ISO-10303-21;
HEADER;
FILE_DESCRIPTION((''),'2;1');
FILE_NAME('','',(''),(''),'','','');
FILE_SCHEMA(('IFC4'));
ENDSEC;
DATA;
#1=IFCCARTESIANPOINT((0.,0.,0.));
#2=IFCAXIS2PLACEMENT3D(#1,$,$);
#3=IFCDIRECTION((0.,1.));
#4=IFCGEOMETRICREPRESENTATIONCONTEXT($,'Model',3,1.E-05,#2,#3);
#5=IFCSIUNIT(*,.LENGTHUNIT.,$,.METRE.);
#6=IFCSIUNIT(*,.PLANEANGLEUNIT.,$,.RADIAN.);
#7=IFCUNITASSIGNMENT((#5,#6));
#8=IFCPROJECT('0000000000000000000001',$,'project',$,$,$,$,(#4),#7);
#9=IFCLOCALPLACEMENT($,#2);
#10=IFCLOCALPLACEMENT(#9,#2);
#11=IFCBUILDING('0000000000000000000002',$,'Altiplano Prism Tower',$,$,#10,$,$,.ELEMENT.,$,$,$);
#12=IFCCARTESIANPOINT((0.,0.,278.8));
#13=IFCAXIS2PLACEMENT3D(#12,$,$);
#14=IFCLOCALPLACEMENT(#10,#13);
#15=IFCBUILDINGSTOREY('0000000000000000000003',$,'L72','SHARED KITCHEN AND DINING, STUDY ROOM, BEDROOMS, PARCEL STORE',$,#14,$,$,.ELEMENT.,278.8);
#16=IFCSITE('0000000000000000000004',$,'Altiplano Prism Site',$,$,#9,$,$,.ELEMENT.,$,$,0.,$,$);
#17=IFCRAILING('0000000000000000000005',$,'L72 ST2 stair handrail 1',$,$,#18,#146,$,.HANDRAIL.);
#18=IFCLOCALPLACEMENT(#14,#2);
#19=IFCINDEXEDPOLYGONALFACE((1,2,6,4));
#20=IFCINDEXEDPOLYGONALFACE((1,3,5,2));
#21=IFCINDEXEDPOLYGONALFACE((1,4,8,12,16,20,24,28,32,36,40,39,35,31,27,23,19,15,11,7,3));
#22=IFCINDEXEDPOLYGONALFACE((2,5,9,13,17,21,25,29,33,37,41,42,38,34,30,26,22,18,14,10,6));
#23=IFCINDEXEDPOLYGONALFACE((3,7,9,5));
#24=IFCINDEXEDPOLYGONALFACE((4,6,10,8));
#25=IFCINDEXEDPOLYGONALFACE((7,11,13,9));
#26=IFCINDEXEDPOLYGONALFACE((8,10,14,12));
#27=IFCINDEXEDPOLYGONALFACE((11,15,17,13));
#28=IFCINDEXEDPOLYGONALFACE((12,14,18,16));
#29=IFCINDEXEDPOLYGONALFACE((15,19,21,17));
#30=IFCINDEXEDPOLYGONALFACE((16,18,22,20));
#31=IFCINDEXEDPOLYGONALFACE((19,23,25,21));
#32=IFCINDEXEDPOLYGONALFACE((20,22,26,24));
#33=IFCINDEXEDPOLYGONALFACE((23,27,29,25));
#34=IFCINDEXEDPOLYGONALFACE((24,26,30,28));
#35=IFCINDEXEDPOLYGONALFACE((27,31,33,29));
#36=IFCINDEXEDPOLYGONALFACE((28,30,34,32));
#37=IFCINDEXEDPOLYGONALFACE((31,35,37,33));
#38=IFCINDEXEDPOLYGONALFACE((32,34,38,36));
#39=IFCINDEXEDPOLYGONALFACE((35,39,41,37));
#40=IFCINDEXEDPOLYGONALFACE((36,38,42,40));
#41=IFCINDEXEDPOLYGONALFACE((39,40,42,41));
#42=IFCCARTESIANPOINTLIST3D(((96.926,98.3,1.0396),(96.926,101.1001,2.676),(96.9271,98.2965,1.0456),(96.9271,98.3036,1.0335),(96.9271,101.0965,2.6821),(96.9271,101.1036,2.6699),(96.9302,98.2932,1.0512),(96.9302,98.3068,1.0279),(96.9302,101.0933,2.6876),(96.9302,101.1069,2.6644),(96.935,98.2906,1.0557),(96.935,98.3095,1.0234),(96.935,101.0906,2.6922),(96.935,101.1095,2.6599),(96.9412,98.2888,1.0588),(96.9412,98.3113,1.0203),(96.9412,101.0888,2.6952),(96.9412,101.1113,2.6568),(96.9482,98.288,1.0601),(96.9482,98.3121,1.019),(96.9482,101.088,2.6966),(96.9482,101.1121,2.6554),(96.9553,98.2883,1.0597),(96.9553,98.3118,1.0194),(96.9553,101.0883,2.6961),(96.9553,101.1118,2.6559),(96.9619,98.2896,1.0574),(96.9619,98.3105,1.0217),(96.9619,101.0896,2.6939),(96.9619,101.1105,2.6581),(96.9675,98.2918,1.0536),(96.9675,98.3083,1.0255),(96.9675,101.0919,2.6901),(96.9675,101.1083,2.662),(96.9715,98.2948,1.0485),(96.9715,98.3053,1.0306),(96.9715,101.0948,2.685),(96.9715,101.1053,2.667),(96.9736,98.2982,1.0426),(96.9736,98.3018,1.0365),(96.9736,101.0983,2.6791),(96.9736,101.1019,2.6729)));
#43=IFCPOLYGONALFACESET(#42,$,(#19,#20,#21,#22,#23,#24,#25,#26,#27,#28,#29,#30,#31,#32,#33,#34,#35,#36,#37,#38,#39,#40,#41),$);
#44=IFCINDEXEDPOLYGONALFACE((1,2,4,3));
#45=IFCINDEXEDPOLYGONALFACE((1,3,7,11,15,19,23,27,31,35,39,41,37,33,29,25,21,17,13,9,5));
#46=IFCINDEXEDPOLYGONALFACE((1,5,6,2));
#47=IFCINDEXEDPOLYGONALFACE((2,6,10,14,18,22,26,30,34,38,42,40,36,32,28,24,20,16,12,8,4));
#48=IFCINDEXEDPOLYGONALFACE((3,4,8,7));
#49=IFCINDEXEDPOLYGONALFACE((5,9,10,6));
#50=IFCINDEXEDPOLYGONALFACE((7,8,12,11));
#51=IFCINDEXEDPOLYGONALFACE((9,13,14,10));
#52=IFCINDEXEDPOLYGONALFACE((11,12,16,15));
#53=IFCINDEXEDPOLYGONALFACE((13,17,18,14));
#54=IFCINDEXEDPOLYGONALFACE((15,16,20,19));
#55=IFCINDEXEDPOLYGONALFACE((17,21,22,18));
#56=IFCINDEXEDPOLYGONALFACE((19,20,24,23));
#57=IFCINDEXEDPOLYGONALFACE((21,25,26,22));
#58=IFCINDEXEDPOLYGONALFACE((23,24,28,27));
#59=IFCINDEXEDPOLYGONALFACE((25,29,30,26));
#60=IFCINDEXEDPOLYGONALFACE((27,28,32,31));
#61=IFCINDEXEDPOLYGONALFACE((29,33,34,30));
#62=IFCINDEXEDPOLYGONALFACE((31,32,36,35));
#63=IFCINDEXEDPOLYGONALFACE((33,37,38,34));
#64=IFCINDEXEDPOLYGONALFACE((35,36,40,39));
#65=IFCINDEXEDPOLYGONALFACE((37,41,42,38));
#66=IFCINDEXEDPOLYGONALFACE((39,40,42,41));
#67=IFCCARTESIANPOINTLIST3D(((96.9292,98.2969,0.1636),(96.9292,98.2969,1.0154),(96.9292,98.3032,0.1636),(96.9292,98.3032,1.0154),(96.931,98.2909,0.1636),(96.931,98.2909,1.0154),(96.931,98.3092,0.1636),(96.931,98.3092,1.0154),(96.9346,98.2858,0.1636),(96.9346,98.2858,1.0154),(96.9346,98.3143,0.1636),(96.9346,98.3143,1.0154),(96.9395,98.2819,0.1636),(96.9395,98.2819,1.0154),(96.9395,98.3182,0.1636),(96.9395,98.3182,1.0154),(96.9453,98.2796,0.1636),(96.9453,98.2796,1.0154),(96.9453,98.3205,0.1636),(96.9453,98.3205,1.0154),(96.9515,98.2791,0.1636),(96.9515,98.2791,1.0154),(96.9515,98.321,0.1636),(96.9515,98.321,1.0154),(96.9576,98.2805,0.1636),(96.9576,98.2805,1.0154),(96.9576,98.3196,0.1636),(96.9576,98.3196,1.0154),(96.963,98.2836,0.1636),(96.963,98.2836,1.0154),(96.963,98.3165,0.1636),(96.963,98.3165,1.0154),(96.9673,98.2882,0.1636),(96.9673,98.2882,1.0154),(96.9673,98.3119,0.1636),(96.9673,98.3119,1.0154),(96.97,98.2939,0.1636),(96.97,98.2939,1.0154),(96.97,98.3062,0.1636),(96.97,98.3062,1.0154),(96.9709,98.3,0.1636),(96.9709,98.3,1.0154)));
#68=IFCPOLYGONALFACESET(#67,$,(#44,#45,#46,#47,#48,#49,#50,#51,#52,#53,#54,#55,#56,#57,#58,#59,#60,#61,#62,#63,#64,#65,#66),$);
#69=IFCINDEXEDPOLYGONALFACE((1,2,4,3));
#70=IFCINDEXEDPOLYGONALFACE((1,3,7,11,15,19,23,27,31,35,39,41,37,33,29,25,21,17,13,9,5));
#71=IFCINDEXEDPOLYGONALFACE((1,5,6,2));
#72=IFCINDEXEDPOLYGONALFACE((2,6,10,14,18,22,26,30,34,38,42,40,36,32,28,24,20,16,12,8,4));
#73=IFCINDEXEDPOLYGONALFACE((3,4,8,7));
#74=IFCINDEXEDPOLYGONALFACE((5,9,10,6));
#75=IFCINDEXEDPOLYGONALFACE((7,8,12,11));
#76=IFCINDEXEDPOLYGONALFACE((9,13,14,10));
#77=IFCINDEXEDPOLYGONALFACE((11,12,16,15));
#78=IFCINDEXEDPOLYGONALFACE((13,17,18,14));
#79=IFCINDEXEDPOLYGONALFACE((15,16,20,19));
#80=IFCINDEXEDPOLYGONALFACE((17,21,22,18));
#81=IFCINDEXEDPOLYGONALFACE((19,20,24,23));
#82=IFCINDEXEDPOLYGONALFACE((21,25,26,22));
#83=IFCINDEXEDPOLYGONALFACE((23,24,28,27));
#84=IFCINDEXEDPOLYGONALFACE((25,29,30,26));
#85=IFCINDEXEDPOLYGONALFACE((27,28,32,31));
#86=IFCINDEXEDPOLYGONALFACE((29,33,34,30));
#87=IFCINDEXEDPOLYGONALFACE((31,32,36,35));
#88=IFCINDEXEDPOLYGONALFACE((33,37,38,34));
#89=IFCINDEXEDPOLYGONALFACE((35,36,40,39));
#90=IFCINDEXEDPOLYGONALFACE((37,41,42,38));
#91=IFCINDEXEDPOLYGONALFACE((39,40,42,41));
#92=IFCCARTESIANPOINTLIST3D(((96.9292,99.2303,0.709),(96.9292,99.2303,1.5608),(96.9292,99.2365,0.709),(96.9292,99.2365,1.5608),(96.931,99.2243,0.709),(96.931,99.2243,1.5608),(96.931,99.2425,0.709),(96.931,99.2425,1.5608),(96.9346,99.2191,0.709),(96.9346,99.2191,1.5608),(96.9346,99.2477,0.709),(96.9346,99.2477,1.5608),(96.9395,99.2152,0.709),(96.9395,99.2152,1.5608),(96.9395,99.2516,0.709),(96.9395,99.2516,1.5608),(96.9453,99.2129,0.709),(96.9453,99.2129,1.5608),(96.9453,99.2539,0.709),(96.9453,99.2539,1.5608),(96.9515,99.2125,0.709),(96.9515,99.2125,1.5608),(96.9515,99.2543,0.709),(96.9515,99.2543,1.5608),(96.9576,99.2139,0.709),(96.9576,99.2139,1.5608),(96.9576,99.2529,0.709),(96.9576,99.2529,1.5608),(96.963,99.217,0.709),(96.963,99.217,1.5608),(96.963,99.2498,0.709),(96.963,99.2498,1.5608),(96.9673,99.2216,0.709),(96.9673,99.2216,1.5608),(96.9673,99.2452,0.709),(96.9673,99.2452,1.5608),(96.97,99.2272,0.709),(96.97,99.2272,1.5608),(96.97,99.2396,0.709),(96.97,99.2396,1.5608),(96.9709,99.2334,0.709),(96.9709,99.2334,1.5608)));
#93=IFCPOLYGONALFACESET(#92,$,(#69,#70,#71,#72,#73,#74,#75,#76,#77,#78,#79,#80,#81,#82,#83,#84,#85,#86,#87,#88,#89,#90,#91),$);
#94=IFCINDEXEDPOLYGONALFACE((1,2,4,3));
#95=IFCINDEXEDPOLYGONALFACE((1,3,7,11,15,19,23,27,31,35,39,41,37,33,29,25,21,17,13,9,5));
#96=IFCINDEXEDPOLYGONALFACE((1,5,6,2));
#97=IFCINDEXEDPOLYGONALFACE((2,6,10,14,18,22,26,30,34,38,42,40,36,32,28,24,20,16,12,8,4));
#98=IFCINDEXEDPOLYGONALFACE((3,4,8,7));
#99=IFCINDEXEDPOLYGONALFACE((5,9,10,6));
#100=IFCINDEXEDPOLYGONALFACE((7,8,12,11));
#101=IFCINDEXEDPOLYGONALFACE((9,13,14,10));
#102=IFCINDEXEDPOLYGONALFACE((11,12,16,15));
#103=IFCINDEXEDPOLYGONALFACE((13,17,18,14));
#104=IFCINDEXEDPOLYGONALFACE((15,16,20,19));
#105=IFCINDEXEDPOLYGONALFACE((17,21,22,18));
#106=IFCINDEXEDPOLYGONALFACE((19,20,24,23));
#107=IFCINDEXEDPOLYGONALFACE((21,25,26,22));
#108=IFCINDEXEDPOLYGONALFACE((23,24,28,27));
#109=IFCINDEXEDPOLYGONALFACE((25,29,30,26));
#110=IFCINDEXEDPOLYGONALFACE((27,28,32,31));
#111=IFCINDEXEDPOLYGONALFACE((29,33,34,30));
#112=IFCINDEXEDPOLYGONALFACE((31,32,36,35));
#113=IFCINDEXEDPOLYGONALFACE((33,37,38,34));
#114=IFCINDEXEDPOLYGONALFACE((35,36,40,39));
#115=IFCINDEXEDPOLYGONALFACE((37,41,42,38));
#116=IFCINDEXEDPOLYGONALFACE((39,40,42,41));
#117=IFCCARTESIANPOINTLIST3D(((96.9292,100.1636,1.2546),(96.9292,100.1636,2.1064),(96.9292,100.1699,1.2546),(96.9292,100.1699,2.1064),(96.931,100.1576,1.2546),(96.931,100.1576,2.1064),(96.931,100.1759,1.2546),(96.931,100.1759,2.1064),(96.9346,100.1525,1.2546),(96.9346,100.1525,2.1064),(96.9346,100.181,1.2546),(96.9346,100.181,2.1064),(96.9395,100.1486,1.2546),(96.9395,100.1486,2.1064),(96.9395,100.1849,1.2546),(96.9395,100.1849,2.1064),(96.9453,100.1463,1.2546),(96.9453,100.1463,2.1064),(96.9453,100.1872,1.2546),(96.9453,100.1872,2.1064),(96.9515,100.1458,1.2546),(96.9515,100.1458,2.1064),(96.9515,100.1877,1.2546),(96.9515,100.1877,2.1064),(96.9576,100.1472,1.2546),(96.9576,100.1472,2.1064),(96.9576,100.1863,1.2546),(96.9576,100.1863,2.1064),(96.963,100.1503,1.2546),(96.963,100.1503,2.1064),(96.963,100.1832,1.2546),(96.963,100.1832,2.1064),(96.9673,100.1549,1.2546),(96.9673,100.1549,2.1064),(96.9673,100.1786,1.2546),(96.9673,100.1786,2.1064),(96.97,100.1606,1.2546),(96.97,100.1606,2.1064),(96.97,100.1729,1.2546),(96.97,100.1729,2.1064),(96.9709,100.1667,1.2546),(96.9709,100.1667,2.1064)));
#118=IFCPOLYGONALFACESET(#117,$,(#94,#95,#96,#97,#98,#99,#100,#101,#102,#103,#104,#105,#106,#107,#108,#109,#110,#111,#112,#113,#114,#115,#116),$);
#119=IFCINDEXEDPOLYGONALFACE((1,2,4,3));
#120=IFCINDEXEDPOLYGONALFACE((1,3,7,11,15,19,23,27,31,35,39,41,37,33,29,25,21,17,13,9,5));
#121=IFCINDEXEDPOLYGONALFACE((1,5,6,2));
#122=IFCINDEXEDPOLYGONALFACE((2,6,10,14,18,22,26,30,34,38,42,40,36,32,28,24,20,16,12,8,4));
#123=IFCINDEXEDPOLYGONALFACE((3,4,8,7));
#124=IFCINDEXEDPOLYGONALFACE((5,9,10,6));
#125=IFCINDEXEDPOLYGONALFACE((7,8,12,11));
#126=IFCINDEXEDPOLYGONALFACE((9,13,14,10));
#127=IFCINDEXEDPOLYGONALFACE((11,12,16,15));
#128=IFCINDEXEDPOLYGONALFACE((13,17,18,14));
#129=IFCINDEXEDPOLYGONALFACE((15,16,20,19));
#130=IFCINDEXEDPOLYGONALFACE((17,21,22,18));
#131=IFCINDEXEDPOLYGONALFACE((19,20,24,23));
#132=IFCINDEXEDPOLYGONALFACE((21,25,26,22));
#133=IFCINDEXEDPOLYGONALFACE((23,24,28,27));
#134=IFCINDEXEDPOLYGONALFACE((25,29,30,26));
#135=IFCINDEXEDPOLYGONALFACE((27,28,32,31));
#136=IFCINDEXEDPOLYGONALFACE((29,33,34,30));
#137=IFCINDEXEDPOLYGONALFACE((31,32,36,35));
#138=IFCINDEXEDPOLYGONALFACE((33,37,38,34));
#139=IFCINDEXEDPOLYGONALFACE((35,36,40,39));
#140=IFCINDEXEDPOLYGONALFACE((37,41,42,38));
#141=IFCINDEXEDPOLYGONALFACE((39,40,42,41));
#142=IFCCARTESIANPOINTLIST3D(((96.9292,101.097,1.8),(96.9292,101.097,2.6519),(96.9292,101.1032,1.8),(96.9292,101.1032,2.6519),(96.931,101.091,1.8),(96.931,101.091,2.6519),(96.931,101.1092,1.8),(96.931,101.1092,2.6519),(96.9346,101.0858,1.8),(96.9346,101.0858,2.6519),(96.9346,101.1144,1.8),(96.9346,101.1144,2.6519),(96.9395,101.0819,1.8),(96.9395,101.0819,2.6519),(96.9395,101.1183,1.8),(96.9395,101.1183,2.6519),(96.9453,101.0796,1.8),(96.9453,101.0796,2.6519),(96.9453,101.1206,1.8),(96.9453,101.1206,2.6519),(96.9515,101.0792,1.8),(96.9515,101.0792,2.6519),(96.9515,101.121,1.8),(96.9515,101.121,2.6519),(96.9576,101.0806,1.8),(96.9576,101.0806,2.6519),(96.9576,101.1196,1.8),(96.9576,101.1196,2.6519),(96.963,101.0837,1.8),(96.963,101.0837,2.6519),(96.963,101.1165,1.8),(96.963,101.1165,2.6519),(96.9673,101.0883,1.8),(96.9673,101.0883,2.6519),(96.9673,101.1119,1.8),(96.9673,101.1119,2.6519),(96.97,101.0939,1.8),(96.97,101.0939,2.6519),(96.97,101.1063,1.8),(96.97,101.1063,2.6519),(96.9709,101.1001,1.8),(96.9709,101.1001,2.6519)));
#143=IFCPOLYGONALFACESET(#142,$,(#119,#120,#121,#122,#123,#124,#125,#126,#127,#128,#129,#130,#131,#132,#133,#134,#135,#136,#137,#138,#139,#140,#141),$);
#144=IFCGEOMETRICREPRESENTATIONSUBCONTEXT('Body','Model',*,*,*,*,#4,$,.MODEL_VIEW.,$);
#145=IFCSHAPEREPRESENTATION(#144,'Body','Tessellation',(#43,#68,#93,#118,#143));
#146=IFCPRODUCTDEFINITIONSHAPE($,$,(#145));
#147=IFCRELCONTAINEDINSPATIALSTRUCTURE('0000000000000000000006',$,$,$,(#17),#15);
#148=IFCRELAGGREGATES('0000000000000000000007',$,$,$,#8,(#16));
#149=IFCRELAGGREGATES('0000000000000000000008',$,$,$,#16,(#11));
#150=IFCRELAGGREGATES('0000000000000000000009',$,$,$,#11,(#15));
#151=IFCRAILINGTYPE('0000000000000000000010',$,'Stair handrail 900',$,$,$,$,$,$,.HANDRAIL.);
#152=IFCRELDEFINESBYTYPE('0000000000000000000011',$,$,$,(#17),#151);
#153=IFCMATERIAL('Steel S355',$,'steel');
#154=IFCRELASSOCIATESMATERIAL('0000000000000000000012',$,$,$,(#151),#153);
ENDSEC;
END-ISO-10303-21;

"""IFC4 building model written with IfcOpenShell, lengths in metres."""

from ifc_helpers import new_model, si_unit, direction, frame, origin, origin_2d, place, context, subcontext, project, spatial, circle, extrude, material, type_object, element, save


model = new_model("IFC4")

# Units and contexts
model_context = context("Model", 3, precision=1e-05, world=origin(), true_north=direction((0.0, 1.0)))
body_context = subcontext(model_context, "Body", "Model", "MODEL_VIEW")
ifc_project = project(units=[si_unit("LENGTHUNIT", "METRE"), si_unit("PLANEANGLEUNIT", "RADIAN")], contexts=[model_context])

# Site, building, storey
site_placement = place(None, origin())
site = spatial("IfcSite", under=ifc_project, at=site_placement, Name="Altiplano Prism Site", CompositionType="ELEMENT", RefElevation=0.0)
building_placement = place(site_placement, origin())
building = spatial("IfcBuilding", under=site, at=building_placement, Name="Altiplano Prism Tower", CompositionType="ELEMENT")
storey_placement = place(building_placement, frame((0.0, 0.0, 278.8)))
storey = spatial("IfcBuildingStorey", under=building, at=storey_placement, Name="L72", Description="SHARED KITCHEN AND DINING, STUDY ROOM, BEDROOMS, PARCEL STORE", CompositionType="ELEMENT", Elevation=278.8)

# Railing
ifc_material_1 = material(Name="Steel S355", Category="steel")
railing_type_1 = type_object("IfcRailingType", Name="Stair handrail 900", PredefinedType="HANDRAIL", material=ifc_material_1)
railing_1_placement = place(storey_placement, frame((96.95, 98.3, 0.1636)))
element("IfcRailing", 1, at=railing_1_placement, inside=storey, type_object=railing_type_1, Name="L72 ST2 stair handrail 1", PredefinedType="HANDRAIL", context=body_context, shape_type="SweptSolid", body=[
    extrude(circle(Radius=0.0239, at=origin_2d()), frame((0.0, 0.0, 0.876), z_axis=(0.0, 0.863361, 0.504587), x_axis=(-1.0, 0.0, 0.0)), (0.0, 0.0, 1.0), 3.2432),
    extrude(circle(Radius=0.021, at=origin_2d()), origin(), (0.0, 0.0, 1.0), 0.8518),
    extrude(circle(Radius=0.021, at=origin_2d()), frame((0.0, 0.9333, 0.5454)), (0.0, 0.0, 1.0), 0.8518),
    extrude(circle(Radius=0.021, at=origin_2d()), frame((0.0, 1.8667, 1.0911)), (0.0, 0.0, 1.0), 0.8518),
    extrude(circle(Radius=0.021, at=origin_2d()), frame((0.0, 2.8, 1.6365)), (0.0, 0.0, 1.0), 0.8518),
])

save(model, "model.ifc")
